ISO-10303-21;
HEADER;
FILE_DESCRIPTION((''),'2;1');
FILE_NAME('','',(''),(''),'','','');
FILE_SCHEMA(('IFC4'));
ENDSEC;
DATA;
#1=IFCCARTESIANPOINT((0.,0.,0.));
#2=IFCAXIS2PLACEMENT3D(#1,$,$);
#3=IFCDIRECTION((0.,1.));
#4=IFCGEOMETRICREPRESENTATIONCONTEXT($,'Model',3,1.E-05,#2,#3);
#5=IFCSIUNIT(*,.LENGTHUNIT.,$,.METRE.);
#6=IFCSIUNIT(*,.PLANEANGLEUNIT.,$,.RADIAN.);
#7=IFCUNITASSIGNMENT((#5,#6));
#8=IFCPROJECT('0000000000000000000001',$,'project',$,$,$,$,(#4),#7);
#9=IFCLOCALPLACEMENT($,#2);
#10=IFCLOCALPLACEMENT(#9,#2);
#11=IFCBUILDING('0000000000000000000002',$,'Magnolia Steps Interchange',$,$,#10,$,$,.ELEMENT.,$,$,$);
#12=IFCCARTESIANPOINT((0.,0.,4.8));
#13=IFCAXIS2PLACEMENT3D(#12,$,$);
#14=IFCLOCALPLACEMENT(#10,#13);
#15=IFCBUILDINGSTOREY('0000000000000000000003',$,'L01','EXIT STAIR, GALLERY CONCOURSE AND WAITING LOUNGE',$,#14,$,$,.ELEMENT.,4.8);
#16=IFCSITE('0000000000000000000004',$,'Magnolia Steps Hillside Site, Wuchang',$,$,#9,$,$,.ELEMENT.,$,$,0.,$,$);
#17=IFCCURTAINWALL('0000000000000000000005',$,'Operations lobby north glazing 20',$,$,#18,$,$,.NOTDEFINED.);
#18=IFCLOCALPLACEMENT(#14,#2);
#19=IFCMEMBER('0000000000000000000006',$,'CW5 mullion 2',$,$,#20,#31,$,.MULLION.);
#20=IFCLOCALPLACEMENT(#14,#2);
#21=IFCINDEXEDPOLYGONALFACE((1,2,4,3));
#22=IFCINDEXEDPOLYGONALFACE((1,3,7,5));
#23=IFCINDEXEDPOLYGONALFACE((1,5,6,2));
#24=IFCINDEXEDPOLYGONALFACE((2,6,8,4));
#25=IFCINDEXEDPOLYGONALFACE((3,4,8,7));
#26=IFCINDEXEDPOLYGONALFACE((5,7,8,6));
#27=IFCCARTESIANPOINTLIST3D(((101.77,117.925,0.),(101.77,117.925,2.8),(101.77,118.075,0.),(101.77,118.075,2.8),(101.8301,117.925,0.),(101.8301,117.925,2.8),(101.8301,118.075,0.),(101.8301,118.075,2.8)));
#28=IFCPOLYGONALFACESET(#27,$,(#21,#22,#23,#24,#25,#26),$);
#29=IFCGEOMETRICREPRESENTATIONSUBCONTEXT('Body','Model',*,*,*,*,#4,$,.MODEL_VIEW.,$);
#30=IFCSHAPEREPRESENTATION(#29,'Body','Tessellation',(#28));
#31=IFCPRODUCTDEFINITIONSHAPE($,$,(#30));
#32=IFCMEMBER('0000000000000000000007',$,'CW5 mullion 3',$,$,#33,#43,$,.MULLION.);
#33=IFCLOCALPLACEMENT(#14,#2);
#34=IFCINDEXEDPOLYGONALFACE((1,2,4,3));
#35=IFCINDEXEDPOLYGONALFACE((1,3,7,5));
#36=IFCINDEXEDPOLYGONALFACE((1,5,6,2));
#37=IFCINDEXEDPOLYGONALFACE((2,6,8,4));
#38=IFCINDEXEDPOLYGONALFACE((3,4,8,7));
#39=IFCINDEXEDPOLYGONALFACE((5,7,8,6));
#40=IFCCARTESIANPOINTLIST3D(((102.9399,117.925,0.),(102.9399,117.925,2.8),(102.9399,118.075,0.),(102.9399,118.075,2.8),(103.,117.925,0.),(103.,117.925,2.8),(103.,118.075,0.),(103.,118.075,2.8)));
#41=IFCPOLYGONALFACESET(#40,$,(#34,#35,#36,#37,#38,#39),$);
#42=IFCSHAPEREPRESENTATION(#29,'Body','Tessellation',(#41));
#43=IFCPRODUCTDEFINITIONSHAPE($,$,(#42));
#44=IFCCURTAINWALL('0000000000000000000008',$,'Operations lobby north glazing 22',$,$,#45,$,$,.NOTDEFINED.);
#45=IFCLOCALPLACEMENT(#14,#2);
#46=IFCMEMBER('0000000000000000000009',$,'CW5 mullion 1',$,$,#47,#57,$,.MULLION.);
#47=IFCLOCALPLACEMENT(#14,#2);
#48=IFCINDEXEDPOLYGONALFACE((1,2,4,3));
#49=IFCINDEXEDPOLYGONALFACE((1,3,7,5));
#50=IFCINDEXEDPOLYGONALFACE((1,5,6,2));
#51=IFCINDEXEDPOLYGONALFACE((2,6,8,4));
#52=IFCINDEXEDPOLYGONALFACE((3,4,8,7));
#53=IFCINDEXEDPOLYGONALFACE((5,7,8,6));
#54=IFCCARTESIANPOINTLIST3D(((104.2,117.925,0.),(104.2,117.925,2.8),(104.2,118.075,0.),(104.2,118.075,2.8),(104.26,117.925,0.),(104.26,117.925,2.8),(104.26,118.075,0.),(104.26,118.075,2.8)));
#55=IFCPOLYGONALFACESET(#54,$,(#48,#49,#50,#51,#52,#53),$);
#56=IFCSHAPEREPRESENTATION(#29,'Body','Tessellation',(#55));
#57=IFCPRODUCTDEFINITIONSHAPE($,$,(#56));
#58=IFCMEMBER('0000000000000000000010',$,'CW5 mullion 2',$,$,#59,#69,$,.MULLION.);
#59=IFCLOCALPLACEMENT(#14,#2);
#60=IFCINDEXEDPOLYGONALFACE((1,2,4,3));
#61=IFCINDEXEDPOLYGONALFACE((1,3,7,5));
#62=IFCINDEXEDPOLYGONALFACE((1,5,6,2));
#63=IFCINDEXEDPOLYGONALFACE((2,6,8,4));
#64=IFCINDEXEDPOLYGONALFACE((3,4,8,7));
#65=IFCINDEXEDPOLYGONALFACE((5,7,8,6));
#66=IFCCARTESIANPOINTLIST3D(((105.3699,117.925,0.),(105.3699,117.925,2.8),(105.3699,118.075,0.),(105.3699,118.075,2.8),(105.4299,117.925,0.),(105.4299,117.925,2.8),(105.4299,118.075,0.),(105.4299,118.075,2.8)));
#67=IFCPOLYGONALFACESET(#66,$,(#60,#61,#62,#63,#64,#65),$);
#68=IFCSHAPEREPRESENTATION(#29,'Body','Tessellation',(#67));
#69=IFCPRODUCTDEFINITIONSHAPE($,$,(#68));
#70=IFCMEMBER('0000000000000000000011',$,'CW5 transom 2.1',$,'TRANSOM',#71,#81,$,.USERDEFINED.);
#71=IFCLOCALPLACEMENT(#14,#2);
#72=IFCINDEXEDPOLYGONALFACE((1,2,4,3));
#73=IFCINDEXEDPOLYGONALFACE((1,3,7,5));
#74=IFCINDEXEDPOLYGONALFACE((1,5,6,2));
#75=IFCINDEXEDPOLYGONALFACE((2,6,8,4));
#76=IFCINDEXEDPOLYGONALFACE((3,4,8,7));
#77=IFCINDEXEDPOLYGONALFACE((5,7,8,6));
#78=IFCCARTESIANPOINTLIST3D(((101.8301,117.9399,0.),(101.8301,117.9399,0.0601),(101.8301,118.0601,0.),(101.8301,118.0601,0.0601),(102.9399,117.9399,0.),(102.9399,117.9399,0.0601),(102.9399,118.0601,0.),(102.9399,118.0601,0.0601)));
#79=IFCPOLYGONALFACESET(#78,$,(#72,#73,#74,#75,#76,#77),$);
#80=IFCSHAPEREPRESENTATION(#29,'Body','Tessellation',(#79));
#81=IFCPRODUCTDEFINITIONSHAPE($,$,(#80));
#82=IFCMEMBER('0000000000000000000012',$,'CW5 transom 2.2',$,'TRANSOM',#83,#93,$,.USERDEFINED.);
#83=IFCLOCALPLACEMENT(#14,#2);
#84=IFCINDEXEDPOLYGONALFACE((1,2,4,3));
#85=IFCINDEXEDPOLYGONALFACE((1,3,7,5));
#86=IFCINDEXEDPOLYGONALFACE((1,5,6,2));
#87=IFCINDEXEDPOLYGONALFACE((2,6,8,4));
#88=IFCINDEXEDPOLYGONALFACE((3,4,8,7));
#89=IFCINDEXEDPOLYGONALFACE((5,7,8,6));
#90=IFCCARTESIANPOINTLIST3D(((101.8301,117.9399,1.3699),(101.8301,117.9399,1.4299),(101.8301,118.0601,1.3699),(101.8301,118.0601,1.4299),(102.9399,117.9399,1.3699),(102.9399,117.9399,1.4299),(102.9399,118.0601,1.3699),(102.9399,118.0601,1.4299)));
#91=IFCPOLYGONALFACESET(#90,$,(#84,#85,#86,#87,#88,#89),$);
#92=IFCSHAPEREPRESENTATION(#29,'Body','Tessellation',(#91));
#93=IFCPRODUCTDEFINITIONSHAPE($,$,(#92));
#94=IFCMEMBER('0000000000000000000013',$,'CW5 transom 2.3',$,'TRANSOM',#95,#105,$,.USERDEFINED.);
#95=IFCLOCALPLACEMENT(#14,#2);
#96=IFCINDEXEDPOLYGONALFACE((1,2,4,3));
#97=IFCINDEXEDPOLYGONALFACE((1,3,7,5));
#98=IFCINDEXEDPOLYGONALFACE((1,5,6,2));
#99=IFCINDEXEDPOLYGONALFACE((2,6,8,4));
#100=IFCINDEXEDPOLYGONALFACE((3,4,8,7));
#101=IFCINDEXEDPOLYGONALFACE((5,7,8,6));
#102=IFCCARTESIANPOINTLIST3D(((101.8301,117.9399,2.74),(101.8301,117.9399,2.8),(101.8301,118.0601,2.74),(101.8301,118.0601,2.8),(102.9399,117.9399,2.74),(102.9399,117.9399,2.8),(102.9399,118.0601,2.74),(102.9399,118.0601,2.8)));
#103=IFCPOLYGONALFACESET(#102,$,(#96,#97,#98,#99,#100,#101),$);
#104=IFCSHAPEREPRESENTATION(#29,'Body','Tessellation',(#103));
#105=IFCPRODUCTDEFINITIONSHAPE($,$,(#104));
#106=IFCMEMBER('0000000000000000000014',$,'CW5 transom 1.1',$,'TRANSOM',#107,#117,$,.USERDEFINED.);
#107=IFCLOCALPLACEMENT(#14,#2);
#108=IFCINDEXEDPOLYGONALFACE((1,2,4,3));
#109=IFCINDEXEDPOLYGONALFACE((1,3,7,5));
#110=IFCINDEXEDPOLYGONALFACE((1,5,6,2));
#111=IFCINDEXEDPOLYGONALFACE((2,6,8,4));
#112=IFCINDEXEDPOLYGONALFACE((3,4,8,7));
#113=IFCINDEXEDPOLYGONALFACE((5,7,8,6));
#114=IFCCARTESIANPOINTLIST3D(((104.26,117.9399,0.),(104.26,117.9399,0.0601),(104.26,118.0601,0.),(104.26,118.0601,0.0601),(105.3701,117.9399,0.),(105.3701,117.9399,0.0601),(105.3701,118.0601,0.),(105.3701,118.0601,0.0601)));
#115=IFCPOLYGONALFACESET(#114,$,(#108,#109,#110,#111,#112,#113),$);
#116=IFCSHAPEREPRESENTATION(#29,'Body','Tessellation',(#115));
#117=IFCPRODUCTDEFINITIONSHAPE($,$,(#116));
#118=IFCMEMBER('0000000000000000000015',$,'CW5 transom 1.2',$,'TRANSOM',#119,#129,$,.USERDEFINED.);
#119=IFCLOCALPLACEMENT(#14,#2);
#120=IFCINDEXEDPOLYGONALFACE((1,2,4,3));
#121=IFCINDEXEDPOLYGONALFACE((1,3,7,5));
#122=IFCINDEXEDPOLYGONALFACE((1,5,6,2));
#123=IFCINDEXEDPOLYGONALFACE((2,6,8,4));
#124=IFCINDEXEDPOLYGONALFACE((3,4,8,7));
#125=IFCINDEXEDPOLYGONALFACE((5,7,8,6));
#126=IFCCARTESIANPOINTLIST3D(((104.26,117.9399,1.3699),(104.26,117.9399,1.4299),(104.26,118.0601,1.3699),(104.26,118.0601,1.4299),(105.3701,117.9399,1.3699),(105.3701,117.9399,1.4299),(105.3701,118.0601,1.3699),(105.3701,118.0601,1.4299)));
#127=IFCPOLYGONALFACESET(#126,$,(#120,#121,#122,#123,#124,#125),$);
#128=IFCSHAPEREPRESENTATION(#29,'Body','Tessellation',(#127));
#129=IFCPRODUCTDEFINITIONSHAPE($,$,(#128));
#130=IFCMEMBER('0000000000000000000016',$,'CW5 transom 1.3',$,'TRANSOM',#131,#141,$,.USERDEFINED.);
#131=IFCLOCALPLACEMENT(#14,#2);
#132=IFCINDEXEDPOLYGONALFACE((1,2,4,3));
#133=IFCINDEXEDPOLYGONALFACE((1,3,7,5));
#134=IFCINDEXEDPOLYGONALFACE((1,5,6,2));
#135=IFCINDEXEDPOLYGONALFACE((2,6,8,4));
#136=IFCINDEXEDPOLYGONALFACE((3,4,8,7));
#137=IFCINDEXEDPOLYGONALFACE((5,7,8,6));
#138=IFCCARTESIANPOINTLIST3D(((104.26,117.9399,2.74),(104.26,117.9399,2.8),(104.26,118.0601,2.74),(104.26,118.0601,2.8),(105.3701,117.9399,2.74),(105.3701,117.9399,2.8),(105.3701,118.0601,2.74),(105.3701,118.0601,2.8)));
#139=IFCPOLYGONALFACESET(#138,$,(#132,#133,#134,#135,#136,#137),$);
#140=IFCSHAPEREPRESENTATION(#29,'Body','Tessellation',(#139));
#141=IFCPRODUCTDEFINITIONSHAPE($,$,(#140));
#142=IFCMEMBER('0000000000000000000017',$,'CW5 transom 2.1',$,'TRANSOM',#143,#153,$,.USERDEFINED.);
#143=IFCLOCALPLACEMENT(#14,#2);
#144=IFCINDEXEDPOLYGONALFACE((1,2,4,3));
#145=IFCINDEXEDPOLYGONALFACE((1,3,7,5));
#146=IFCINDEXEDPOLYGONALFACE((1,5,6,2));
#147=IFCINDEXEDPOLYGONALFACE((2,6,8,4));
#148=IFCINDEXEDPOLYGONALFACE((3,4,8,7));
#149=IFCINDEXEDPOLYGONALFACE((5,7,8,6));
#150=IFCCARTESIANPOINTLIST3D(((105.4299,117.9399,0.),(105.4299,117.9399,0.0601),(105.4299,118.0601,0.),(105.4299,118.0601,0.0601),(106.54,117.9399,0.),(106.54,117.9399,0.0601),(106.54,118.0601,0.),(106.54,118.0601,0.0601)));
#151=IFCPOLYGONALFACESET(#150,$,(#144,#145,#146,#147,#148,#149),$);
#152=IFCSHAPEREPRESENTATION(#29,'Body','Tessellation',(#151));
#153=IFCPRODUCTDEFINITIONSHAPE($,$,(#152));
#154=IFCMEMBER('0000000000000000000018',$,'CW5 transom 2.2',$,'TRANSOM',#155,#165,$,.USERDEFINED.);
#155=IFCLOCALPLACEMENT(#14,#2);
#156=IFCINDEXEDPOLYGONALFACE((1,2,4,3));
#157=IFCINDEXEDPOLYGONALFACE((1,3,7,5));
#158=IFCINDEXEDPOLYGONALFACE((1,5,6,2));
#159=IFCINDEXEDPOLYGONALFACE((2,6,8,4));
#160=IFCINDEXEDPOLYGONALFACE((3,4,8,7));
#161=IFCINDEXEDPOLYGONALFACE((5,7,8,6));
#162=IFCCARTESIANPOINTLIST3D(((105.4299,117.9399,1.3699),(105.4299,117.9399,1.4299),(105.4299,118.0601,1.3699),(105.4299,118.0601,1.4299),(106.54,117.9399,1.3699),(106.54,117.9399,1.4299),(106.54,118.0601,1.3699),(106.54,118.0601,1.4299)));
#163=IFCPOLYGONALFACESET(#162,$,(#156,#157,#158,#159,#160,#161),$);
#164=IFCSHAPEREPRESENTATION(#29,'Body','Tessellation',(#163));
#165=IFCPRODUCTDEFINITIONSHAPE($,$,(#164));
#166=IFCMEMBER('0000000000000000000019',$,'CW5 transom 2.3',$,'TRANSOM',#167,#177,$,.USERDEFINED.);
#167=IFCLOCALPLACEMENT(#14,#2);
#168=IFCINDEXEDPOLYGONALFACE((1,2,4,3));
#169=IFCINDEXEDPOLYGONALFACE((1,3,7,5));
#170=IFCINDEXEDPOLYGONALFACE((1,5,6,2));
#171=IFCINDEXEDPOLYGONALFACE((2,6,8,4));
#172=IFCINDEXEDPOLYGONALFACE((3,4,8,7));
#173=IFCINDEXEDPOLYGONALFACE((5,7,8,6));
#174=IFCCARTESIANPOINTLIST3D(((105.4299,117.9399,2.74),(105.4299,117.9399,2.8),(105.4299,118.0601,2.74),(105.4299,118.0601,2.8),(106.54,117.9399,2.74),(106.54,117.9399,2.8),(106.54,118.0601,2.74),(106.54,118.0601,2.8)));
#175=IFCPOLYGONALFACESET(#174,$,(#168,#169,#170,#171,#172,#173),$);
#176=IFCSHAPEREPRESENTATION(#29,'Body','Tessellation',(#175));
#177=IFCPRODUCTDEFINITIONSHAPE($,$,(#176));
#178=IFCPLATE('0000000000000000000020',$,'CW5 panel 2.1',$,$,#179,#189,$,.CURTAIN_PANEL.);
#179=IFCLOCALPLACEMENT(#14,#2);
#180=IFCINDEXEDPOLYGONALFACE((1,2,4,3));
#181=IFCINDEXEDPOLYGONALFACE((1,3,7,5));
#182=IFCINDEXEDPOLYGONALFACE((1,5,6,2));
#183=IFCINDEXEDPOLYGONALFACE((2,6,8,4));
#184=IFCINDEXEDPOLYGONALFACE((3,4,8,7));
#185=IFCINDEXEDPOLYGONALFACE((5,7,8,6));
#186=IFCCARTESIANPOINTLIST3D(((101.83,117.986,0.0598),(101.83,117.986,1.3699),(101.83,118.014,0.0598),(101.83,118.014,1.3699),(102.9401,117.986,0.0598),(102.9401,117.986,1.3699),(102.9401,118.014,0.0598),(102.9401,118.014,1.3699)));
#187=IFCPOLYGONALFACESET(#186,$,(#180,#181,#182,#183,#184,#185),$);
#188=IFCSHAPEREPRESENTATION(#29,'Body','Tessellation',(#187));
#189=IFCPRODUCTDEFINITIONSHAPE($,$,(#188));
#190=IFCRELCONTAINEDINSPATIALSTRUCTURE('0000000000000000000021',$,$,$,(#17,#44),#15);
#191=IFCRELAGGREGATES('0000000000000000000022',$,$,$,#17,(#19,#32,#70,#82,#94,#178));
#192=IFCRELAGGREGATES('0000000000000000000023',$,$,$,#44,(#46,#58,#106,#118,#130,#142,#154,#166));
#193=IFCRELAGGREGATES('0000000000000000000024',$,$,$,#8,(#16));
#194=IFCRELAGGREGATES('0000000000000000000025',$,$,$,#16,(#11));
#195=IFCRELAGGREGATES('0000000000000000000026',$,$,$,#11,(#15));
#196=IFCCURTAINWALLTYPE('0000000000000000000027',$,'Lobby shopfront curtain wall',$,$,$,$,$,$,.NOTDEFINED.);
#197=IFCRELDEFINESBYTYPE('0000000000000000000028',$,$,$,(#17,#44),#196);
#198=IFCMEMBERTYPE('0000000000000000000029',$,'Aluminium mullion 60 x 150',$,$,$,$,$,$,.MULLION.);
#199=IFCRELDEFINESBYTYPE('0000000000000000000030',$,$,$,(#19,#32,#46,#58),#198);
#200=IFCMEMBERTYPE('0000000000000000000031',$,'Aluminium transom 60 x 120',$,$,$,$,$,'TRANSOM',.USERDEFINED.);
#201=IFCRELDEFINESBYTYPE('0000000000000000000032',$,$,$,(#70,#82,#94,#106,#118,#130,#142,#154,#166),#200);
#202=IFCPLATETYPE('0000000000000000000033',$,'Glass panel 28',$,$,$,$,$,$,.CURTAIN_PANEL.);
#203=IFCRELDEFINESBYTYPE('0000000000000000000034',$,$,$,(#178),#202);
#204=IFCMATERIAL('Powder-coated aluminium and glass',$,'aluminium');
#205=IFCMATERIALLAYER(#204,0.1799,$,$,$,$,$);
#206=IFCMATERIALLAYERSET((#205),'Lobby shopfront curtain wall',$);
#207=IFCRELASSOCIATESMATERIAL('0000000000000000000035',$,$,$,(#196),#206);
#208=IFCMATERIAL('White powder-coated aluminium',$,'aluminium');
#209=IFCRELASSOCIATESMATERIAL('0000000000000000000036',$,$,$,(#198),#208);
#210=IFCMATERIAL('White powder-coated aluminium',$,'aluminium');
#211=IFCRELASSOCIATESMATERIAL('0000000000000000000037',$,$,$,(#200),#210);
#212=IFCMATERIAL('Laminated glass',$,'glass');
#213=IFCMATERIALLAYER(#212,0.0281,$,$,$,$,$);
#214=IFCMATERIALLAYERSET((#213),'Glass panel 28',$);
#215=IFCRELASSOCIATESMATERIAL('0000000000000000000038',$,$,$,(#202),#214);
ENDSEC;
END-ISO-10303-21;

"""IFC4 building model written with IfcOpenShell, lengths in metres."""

from ifc_helpers import new_model, si_unit, direction, frame, origin, origin_2d, place, context, subcontext, project, spatial, rectangle, extrude, material, layer, layer_set, material_profile, profile_set, type_object, element, aggregate, save


model = new_model("IFC4")

# Units and contexts
model_context = context("Model", 3, precision=1e-05, world=origin(), true_north=direction((0.0, 1.0)))
body_context = subcontext(model_context, "Body", "Model", "MODEL_VIEW")
ifc_project = project(units=[si_unit("LENGTHUNIT", "METRE"), si_unit("PLANEANGLEUNIT", "RADIAN")], contexts=[model_context])

# Site, building, storey
site_placement = place(None, origin())
site = spatial("IfcSite", under=ifc_project, at=site_placement, Name="Magnolia Steps Hillside Site, Wuchang", CompositionType="ELEMENT", RefElevation=0.0)
building_placement = place(site_placement, origin())
building = spatial("IfcBuilding", under=site, at=building_placement, Name="Magnolia Steps Interchange", CompositionType="ELEMENT")
storey_placement = place(building_placement, frame((0.0, 0.0, 4.8)))
storey = spatial("IfcBuildingStorey", under=building, at=storey_placement, Name="L01", Description="EXIT STAIR, GALLERY CONCOURSE AND WAITING LOUNGE", CompositionType="ELEMENT", Elevation=4.8)

# Curtain walls, members
ifc_material_1 = material(Name="Powder-coated aluminium and glass", Category="aluminium")
ifc_layer_1 = layer(ifc_material_1, 0.1799)
ifc_layer_set_1 = layer_set([ifc_layer_1], Name="Lobby shopfront curtain wall")
curtain_wall_type = type_object("IfcCurtainWallType", Name="Lobby shopfront curtain wall", PredefinedType="NOTDEFINED", material=ifc_layer_set_1)
curtain_wall_1_placement = place(storey_placement, origin())
curtain_wall_1 = element("IfcCurtainWall", 1, at=curtain_wall_1_placement, inside=storey, type_object=curtain_wall_type, Name="Operations lobby north glazing 20", PredefinedType="NOTDEFINED")
ifc_material_2 = material(Name="White powder-coated aluminium", Category="aluminium")
ifc_material_profile_1 = material_profile(ifc_material_2, rectangle(XDim=0.0601, YDim=0.1499, at=origin_2d()), Name="Aluminium mullion 60 x 150")
ifc_profile_set_1 = profile_set([ifc_material_profile_1], Name="White powder-coated aluminium")
member_type_1 = type_object("IfcMemberType", Name="Aluminium mullion 60 x 150", PredefinedType="MULLION", material=ifc_profile_set_1)
member_1_placement = place(storey_placement, frame((101.8, 118.0, 0.0), z_axis=(0.0, 0.0, 1.0), x_axis=(1.0, 0.0, 0.0)))
member_1 = element("IfcMember", 2, at=member_1_placement, type_object=member_type_1, Name="CW5 mullion 2", PredefinedType="MULLION", context=body_context, shape_type="SweptSolid", body=[
    extrude(rectangle(XDim=0.0601, YDim=0.1499, at=origin_2d()), origin(), (0.0, 0.0, 1.0), 2.8),
])
member_2_placement = place(storey_placement, frame((102.97, 118.0, 0.0), z_axis=(0.0, 0.0, 1.0), x_axis=(1.0, 0.0, 0.0)))
member_2 = element("IfcMember", 3, at=member_2_placement, type_object=member_type_1, Name="CW5 mullion 3", PredefinedType="MULLION", context=body_context, shape_type="SweptSolid", body=[
    extrude(rectangle(XDim=0.0601, YDim=0.1499, at=origin_2d()), origin(), (0.0, 0.0, 1.0), 2.8),
])
curtain_wall_2_placement = place(storey_placement, origin())
curtain_wall_2 = element("IfcCurtainWall", 4, at=curtain_wall_2_placement, inside=storey, type_object=curtain_wall_type, Name="Operations lobby north glazing 22", PredefinedType="NOTDEFINED")
member_3_placement = place(storey_placement, frame((104.23, 118.0, 0.0), z_axis=(0.0, 0.0, 1.0), x_axis=(1.0, 0.0, 0.0)))
member_3 = element("IfcMember", 5, at=member_3_placement, type_object=member_type_1, Name="CW5 mullion 1", PredefinedType="MULLION", context=body_context, shape_type="SweptSolid", body=[
    extrude(rectangle(XDim=0.0601, YDim=0.1499, at=origin_2d()), origin(), (0.0, 0.0, 1.0), 2.8),
])
member_4_placement = place(storey_placement, frame((105.3999, 118.0, 0.0), z_axis=(0.0, 0.0, 1.0), x_axis=(1.0, 0.0, 0.0)))
member_4 = element("IfcMember", 6, at=member_4_placement, type_object=member_type_1, Name="CW5 mullion 2", PredefinedType="MULLION", context=body_context, shape_type="SweptSolid", body=[
    extrude(rectangle(XDim=0.0601, YDim=0.1499, at=origin_2d()), origin(), (0.0, 0.0, 1.0), 2.8),
])

# Members
ifc_material_3 = material(Name="White powder-coated aluminium", Category="aluminium")
ifc_material_profile_2 = material_profile(ifc_material_3, rectangle(XDim=0.0601, YDim=0.1201, at=origin_2d()), Name="Aluminium transom 60 x 120")
ifc_profile_set_2 = profile_set([ifc_material_profile_2], Name="White powder-coated aluminium")
member_type_2 = type_object("IfcMemberType", Name="Aluminium transom 60 x 120", ElementType="TRANSOM", PredefinedType="USERDEFINED", material=ifc_profile_set_2)
member_5_placement = place(storey_placement, frame((101.8301, 118.0, 0.03), z_axis=(1.0, 0.0, 0.0), x_axis=(0.0, 0.0, 1.0)))
member_5 = element("IfcMember", 7, at=member_5_placement, type_object=member_type_2, Name="CW5 transom 2.1", ObjectType="TRANSOM", PredefinedType="USERDEFINED", context=body_context, shape_type="SweptSolid", body=[
    extrude(rectangle(XDim=0.0601, YDim=0.1201, at=origin_2d()), origin(), (0.0, 0.0, 1.0), 1.1099),
])
member_6_placement = place(storey_placement, frame((101.8301, 118.0, 1.3999), z_axis=(1.0, 0.0, 0.0), x_axis=(0.0, 0.0, 1.0)))
member_6 = element("IfcMember", 8, at=member_6_placement, type_object=member_type_2, Name="CW5 transom 2.2", ObjectType="TRANSOM", PredefinedType="USERDEFINED", context=body_context, shape_type="SweptSolid", body=[
    extrude(rectangle(XDim=0.0601, YDim=0.1201, at=origin_2d()), origin(), (0.0, 0.0, 1.0), 1.1099),
])
member_7_placement = place(storey_placement, frame((101.8301, 118.0, 2.77), z_axis=(1.0, 0.0, 0.0), x_axis=(0.0, 0.0, 1.0)))
member_7 = element("IfcMember", 9, at=member_7_placement, type_object=member_type_2, Name="CW5 transom 2.3", ObjectType="TRANSOM", PredefinedType="USERDEFINED", context=body_context, shape_type="SweptSolid", body=[
    extrude(rectangle(XDim=0.0601, YDim=0.1201, at=origin_2d()), origin(), (0.0, 0.0, 1.0), 1.1099),
])
member_8_placement = place(storey_placement, frame((104.26, 118.0, 0.03), z_axis=(1.0, 0.0, 0.0), x_axis=(0.0, 0.0, 1.0)))
member_8 = element("IfcMember", 10, at=member_8_placement, type_object=member_type_2, Name="CW5 transom 1.1", ObjectType="TRANSOM", PredefinedType="USERDEFINED", context=body_context, shape_type="SweptSolid", body=[
    extrude(rectangle(XDim=0.0601, YDim=0.1201, at=origin_2d()), origin(), (0.0, 0.0, 1.0), 1.1101),
])
member_9_placement = place(storey_placement, frame((104.26, 118.0, 1.3999), z_axis=(1.0, 0.0, 0.0), x_axis=(0.0, 0.0, 1.0)))
member_9 = element("IfcMember", 11, at=member_9_placement, type_object=member_type_2, Name="CW5 transom 1.2", ObjectType="TRANSOM", PredefinedType="USERDEFINED", context=body_context, shape_type="SweptSolid", body=[
    extrude(rectangle(XDim=0.0601, YDim=0.1201, at=origin_2d()), origin(), (0.0, 0.0, 1.0), 1.1101),
])
member_10_placement = place(storey_placement, frame((104.26, 118.0, 2.77), z_axis=(1.0, 0.0, 0.0), x_axis=(0.0, 0.0, 1.0)))
member_10 = element("IfcMember", 12, at=member_10_placement, type_object=member_type_2, Name="CW5 transom 1.3", ObjectType="TRANSOM", PredefinedType="USERDEFINED", context=body_context, shape_type="SweptSolid", body=[
    extrude(rectangle(XDim=0.0601, YDim=0.1201, at=origin_2d()), origin(), (0.0, 0.0, 1.0), 1.1101),
])
member_11_placement = place(storey_placement, frame((105.4299, 118.0, 0.03), z_axis=(1.0, 0.0, 0.0), x_axis=(0.0, 0.0, 1.0)))
member_11 = element("IfcMember", 13, at=member_11_placement, type_object=member_type_2, Name="CW5 transom 2.1", ObjectType="TRANSOM", PredefinedType="USERDEFINED", context=body_context, shape_type="SweptSolid", body=[
    extrude(rectangle(XDim=0.0601, YDim=0.1201, at=origin_2d()), origin(), (0.0, 0.0, 1.0), 1.1101),
])
member_12_placement = place(storey_placement, frame((105.4299, 118.0, 1.3999), z_axis=(1.0, 0.0, 0.0), x_axis=(0.0, 0.0, 1.0)))
member_12 = element("IfcMember", 14, at=member_12_placement, type_object=member_type_2, Name="CW5 transom 2.2", ObjectType="TRANSOM", PredefinedType="USERDEFINED", context=body_context, shape_type="SweptSolid", body=[
    extrude(rectangle(XDim=0.0601, YDim=0.1201, at=origin_2d()), origin(), (0.0, 0.0, 1.0), 1.1101),
])
member_13_placement = place(storey_placement, frame((105.4299, 118.0, 2.77), z_axis=(1.0, 0.0, 0.0), x_axis=(0.0, 0.0, 1.0)))
member_13 = element("IfcMember", 15, at=member_13_placement, type_object=member_type_2, Name="CW5 transom 2.3", ObjectType="TRANSOM", PredefinedType="USERDEFINED", context=body_context, shape_type="SweptSolid", body=[
    extrude(rectangle(XDim=0.0601, YDim=0.1201, at=origin_2d()), origin(), (0.0, 0.0, 1.0), 1.1101),
])

# Plate
ifc_material_4 = material(Name="Laminated glass", Category="glass")
ifc_layer_2 = layer(ifc_material_4, 0.0281)
ifc_layer_set_2 = layer_set([ifc_layer_2], Name="Glass panel 28")
plate_type = type_object("IfcPlateType", Name="Glass panel 28", PredefinedType="CURTAIN_PANEL", material=ifc_layer_set_2)
plate_1_placement = place(storey_placement, frame((102.385, 118.0, 0.0598), z_axis=(0.0, 0.0, 1.0), x_axis=(1.0, 0.0, 0.0)))
plate_1 = element("IfcPlate", 16, at=plate_1_placement, type_object=plate_type, Name="CW5 panel 2.1", PredefinedType="CURTAIN_PANEL", context=body_context, shape_type="SweptSolid", body=[
    extrude(rectangle(XDim=1.1101, YDim=0.0281, at=origin_2d()), origin(), (0.0, 0.0, 1.0), 1.3101),
])
aggregate(curtain_wall_1, [member_1, member_2, member_5, member_6, member_7, plate_1])
aggregate(curtain_wall_2, [member_3, member_4, member_8, member_9, member_10, member_11, member_12, member_13])

save(model, "model.ifc")
